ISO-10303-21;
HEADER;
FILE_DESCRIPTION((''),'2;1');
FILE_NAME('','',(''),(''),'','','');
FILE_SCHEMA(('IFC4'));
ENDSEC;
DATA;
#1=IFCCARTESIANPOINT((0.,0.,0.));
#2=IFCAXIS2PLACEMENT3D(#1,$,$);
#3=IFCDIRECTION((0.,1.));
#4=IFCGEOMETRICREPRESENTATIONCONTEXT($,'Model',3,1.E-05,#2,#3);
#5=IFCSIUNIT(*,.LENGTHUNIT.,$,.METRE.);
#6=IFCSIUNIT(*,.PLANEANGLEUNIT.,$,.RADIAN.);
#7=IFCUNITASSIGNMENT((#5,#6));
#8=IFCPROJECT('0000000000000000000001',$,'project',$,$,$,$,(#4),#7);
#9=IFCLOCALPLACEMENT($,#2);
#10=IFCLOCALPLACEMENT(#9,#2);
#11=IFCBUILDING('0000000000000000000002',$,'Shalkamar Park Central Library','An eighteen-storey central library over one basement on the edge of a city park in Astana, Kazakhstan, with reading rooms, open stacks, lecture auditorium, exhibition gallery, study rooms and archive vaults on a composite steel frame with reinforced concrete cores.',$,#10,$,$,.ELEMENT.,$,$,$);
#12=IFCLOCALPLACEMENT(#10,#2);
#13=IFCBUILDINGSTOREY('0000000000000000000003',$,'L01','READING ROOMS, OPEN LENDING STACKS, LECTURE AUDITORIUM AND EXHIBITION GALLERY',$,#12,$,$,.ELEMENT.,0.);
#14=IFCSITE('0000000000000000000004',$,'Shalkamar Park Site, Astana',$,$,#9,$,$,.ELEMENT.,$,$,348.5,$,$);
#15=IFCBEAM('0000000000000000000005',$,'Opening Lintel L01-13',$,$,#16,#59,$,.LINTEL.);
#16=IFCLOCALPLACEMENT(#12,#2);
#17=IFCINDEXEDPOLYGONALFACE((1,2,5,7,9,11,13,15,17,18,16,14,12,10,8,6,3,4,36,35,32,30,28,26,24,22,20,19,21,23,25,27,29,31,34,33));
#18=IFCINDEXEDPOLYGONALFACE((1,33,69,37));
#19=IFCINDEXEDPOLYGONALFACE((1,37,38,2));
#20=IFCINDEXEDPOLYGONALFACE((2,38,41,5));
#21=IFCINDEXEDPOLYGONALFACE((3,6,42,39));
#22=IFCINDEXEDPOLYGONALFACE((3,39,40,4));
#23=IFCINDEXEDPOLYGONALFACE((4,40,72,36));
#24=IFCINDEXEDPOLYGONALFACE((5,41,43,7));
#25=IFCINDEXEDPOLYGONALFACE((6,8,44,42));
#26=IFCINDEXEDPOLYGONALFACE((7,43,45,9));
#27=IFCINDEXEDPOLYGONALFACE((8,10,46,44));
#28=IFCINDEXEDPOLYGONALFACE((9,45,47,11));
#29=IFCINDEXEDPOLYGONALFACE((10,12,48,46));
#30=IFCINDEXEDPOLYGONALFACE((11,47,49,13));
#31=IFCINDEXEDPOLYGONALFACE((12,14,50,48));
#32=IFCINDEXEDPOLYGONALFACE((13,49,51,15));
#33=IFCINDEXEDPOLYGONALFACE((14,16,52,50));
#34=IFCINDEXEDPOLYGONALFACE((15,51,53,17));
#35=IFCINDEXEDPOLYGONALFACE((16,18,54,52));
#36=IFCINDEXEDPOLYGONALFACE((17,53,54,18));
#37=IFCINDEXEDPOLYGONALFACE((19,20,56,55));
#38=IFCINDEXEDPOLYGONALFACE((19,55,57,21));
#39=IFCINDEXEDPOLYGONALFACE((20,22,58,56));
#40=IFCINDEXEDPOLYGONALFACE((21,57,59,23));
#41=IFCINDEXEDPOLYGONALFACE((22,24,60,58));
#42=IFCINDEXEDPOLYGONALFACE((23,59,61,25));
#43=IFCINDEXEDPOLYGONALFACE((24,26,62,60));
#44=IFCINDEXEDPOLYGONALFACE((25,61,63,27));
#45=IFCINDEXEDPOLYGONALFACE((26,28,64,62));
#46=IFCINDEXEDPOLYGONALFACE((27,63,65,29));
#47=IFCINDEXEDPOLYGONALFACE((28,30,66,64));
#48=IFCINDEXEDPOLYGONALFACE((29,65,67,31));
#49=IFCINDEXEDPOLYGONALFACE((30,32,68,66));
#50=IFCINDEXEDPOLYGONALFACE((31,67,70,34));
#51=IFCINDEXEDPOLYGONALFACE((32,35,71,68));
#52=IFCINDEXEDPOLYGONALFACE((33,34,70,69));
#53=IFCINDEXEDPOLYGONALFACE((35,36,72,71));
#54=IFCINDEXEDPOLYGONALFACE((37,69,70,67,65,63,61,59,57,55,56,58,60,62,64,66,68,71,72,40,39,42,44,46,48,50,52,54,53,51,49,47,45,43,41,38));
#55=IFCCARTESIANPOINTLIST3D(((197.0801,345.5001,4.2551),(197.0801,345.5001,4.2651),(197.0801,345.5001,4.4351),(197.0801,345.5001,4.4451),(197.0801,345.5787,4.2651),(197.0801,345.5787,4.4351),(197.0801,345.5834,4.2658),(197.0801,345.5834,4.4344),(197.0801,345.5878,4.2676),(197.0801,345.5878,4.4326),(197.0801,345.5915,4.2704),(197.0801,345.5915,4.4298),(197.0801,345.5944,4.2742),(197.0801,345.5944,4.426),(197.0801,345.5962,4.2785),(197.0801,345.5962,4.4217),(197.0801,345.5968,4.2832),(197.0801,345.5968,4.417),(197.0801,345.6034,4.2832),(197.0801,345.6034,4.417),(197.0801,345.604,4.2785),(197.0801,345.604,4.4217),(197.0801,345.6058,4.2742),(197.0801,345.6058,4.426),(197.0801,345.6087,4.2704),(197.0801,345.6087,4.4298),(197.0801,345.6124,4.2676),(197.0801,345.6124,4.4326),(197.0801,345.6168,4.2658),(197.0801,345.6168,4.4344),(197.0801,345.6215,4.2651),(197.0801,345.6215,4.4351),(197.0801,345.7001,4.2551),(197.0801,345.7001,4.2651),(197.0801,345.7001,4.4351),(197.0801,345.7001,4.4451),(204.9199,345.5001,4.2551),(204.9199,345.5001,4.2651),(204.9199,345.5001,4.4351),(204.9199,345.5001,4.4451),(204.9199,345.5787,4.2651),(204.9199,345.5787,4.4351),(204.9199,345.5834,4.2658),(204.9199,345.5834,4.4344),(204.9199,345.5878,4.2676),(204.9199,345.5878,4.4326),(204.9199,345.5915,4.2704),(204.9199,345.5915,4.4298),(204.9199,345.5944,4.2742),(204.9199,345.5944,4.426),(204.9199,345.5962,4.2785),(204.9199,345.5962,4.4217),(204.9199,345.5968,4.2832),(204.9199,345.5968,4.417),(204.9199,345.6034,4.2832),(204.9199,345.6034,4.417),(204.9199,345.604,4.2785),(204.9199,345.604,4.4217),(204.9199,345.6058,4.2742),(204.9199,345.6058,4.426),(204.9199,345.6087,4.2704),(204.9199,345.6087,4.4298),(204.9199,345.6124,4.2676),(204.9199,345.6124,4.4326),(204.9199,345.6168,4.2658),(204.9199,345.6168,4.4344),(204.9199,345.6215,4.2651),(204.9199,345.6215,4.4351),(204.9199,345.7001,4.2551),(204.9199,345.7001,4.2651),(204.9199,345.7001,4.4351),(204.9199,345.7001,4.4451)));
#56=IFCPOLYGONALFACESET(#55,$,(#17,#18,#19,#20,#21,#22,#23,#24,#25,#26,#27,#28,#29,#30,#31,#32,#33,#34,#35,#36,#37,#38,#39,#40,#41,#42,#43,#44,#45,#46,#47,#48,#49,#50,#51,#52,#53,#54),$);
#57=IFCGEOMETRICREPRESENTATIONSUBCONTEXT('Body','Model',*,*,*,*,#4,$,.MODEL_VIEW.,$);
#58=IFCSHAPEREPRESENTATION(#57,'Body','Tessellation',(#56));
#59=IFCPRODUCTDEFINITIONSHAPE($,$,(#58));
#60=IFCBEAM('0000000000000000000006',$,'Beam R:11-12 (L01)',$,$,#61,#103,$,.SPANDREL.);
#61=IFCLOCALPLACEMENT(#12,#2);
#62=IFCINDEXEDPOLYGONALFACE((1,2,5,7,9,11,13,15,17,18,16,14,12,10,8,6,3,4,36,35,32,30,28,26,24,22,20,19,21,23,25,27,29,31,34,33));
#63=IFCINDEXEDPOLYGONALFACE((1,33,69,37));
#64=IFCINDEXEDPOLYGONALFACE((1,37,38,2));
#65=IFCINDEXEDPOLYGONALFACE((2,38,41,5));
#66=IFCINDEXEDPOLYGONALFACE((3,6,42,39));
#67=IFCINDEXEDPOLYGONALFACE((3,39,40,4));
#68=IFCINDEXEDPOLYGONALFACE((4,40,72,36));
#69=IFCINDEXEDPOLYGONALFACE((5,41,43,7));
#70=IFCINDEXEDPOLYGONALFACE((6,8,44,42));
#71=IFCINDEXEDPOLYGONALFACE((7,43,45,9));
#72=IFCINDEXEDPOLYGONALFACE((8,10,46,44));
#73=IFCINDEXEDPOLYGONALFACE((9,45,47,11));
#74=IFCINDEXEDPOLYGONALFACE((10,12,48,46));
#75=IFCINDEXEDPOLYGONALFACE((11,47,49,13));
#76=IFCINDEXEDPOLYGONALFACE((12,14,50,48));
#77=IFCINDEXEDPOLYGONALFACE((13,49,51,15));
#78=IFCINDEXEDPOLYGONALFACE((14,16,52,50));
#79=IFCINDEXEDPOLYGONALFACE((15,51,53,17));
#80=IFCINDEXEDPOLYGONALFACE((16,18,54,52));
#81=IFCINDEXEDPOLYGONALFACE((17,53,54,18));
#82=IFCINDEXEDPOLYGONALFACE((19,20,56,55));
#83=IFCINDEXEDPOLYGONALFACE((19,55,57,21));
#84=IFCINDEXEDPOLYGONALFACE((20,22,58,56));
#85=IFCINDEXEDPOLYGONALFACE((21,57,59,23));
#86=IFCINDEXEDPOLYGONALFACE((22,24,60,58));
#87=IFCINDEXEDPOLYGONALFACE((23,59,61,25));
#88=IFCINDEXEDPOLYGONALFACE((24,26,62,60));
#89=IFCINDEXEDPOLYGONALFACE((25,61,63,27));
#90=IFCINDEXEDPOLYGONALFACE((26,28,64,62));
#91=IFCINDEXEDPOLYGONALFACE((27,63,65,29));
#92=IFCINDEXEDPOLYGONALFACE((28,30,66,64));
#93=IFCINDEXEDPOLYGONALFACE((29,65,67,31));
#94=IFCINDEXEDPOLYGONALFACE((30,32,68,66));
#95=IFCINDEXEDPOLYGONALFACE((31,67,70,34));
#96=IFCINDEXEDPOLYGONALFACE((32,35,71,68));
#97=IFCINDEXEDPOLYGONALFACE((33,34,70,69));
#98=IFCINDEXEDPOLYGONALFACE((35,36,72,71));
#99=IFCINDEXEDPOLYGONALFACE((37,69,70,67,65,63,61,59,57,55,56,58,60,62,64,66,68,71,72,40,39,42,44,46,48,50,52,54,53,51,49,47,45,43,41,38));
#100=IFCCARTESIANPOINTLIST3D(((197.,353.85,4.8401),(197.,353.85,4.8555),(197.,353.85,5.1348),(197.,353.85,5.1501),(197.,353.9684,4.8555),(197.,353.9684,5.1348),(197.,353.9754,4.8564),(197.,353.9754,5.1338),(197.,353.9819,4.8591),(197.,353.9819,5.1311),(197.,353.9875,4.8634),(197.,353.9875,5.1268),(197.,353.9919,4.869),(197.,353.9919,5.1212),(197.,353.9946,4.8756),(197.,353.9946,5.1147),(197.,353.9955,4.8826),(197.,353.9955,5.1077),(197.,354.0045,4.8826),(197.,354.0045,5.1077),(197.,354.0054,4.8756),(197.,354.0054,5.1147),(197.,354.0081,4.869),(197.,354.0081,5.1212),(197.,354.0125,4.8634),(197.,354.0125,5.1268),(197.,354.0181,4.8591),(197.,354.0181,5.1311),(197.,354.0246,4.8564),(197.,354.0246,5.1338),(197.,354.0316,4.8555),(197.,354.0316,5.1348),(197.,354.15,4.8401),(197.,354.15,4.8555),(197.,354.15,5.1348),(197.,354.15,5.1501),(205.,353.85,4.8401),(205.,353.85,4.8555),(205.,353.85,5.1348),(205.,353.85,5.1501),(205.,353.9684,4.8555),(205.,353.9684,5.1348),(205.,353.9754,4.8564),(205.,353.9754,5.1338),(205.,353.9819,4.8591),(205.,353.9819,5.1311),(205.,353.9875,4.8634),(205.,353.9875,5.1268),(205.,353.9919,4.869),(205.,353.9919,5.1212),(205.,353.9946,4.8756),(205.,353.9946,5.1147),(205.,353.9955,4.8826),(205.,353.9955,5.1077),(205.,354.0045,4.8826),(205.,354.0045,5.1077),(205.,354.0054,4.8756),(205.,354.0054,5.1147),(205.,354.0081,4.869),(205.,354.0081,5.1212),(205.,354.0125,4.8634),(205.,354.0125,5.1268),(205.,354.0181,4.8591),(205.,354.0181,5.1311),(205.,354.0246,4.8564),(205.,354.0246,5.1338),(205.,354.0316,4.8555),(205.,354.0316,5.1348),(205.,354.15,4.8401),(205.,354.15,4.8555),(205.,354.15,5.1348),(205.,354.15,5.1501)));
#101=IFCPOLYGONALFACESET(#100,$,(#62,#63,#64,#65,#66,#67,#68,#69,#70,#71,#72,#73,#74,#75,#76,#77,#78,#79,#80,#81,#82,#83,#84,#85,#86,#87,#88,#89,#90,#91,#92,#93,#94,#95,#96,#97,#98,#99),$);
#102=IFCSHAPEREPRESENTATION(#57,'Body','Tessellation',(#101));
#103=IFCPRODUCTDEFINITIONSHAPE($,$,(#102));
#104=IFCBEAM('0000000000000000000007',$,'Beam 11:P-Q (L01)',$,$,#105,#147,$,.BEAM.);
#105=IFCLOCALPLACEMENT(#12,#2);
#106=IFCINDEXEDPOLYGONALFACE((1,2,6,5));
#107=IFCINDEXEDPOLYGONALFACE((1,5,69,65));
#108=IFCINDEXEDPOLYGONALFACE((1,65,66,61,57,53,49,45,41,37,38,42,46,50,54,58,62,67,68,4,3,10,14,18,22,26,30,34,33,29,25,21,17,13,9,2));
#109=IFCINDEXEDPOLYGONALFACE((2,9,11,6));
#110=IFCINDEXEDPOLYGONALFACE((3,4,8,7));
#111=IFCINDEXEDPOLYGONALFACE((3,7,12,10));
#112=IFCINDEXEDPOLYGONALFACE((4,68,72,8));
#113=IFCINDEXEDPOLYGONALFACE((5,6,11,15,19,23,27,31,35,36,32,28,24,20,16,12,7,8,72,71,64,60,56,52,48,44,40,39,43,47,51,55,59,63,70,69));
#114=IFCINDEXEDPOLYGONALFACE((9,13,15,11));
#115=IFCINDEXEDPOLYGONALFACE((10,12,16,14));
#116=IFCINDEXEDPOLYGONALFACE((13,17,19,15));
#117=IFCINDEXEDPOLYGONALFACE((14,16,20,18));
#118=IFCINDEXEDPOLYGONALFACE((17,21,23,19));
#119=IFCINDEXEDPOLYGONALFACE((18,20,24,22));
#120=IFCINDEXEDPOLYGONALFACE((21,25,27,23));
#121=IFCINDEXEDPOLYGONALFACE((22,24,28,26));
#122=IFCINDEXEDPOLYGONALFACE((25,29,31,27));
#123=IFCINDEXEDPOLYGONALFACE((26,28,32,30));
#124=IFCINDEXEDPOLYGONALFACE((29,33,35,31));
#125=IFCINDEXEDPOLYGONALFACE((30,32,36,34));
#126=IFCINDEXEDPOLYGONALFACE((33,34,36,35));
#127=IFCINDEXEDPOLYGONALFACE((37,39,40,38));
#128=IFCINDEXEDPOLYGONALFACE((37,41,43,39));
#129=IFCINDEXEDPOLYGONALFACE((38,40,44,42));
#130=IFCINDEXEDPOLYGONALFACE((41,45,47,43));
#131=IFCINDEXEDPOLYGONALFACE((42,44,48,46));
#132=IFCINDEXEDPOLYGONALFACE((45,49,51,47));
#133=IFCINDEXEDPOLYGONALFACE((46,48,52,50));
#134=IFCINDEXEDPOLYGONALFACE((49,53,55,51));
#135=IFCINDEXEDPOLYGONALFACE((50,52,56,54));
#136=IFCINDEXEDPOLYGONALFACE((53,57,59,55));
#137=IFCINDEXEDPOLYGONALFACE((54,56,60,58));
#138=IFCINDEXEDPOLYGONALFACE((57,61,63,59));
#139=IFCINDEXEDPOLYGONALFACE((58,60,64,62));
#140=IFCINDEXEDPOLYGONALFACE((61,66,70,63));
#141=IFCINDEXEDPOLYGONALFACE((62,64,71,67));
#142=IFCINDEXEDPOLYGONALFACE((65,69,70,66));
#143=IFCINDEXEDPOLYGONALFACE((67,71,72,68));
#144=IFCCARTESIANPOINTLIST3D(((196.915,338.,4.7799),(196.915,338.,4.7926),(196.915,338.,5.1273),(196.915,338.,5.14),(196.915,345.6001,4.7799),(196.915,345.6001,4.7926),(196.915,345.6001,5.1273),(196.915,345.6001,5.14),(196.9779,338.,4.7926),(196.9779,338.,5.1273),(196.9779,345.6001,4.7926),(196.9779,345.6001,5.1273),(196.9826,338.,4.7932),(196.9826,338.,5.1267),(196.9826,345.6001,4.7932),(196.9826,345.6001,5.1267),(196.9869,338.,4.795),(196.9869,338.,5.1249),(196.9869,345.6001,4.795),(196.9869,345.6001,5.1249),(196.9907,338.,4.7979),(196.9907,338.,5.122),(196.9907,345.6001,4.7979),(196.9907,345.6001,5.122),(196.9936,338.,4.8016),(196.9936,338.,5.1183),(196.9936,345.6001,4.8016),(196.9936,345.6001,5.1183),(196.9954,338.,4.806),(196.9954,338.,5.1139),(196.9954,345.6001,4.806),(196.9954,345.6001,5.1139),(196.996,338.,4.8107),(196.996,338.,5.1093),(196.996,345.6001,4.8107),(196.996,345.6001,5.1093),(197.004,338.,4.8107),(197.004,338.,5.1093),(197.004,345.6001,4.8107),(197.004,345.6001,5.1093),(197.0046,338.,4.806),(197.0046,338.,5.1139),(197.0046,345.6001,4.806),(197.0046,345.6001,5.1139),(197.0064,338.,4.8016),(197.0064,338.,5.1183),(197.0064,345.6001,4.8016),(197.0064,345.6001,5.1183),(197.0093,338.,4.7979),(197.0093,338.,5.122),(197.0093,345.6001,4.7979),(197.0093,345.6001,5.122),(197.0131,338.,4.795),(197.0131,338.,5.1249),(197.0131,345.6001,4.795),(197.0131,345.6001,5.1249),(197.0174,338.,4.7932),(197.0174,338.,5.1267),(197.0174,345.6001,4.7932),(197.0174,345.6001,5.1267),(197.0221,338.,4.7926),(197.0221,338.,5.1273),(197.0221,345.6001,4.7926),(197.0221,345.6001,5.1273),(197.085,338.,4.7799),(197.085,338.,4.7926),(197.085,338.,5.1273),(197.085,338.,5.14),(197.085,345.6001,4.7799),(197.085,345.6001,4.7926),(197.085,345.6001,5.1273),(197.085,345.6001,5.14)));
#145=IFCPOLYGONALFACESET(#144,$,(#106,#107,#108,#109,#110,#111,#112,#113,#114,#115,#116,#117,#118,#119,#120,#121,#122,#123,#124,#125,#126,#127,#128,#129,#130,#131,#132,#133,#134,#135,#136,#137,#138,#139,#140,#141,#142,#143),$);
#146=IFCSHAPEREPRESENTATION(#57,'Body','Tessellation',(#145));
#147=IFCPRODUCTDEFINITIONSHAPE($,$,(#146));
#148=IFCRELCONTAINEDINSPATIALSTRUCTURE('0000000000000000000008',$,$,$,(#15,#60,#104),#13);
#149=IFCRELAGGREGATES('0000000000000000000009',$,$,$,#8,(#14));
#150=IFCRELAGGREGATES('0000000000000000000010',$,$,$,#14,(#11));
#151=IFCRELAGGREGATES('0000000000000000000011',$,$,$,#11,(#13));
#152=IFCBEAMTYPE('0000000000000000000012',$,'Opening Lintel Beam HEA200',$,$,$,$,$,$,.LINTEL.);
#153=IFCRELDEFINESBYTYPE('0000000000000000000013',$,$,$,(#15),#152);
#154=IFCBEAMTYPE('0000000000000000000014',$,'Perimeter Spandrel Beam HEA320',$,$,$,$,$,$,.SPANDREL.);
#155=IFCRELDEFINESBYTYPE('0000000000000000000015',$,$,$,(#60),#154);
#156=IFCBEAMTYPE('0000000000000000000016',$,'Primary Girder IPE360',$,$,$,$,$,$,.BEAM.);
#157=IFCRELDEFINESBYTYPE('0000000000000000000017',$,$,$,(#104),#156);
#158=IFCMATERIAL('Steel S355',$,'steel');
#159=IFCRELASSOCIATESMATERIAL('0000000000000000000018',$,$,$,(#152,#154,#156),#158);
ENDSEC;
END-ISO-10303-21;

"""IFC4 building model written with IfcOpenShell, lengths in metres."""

from ifc_helpers import new_model, si_unit, direction, frame, origin, origin_2d, place, context, subcontext, project, spatial, i_section, extrude, material, material_profile, profile_set, type_object, element, save


model = new_model("IFC4")

# Units and contexts
model_context = context("Model", 3, precision=1e-05, world=origin(), true_north=direction((0.0, 1.0)))
body_context = subcontext(model_context, "Body", "Model", "MODEL_VIEW")
ifc_project = project(units=[si_unit("LENGTHUNIT", "METRE"), si_unit("PLANEANGLEUNIT", "RADIAN")], contexts=[model_context])

# Site, building, storey
site_placement = place(None, origin())
site = spatial("IfcSite", under=ifc_project, at=site_placement, Name="Shalkamar Park Site, Astana", CompositionType="ELEMENT", RefElevation=348.5)
building_placement = place(site_placement, origin())
building = spatial("IfcBuilding", under=site, at=building_placement, Name="Shalkamar Park Central Library", Description="An eighteen-storey central library over one basement on the edge of a city park in Astana, Kazakhstan, with reading rooms, open stacks, lecture auditorium, exhibition gallery, study rooms and archive vaults on a composite steel frame with reinforced concrete cores.", CompositionType="ELEMENT")
storey_placement = place(building_placement, origin())
storey = spatial("IfcBuildingStorey", under=building, at=storey_placement, Name="L01", Description="READING ROOMS, OPEN LENDING STACKS, LECTURE AUDITORIUM AND EXHIBITION GALLERY", CompositionType="ELEMENT", Elevation=0.0)

# Shared definitions
ifc_material_1 = material(Name="Steel S355", Category="steel")

# Beams
ifc_material_profile_1 = material_profile(ifc_material_1, i_section(OverallWidth=0.2, OverallDepth=0.1899, WebThickness=0.0066, FlangeThickness=0.01, FilletRadius=0.0181, at=origin_2d()), Name="HEA 200")
ifc_profile_set_1 = profile_set([ifc_material_profile_1], Name="Steel S355")
beam_type_1 = type_object("IfcBeamType", Name="Opening Lintel Beam HEA200", PredefinedType="LINTEL", material=ifc_profile_set_1)
beam_1_placement = place(storey_placement, frame((197.0801, 345.6001, 4.3501), z_axis=(1.0, 0.0, 0.0), x_axis=(0.0, 1.0, 0.0)))
element("IfcBeam", 1, at=beam_1_placement, inside=storey, type_object=beam_type_1, Name="Opening Lintel L01-13", PredefinedType="LINTEL", context=body_context, shape_type="SweptSolid", body=[
    extrude(i_section(OverallWidth=0.2, OverallDepth=0.1899, WebThickness=0.0066, FlangeThickness=0.01, FilletRadius=0.0181, at=origin_2d()), origin(), (0.0, 0.0, 1.0), 7.8398),
])
ifc_material_profile_2 = material_profile(ifc_material_1, i_section(OverallWidth=0.3, OverallDepth=0.3101, WebThickness=0.009, FlangeThickness=0.0154, FilletRadius=0.0271, at=origin_2d()), Name="HEA 320")
ifc_profile_set_2 = profile_set([ifc_material_profile_2], Name="Steel S355")
beam_type_2 = type_object("IfcBeamType", Name="Perimeter Spandrel Beam HEA320", PredefinedType="SPANDREL", material=ifc_profile_set_2)
beam_2_placement = place(storey_placement, frame((197.0, 354.0, 4.9951), z_axis=(1.0, 0.0, 0.0), x_axis=(0.0, 1.0, 0.0)))
element("IfcBeam", 2, at=beam_2_placement, inside=storey, type_object=beam_type_2, Name="Beam R:11-12 (L01)", PredefinedType="SPANDREL", context=body_context, shape_type="SweptSolid", body=[
    extrude(i_section(OverallWidth=0.3, OverallDepth=0.3101, WebThickness=0.009, FlangeThickness=0.0154, FilletRadius=0.0271, at=origin_2d()), origin(), (0.0, 0.0, 1.0), 8.0),
])
ifc_material_profile_3 = material_profile(ifc_material_1, i_section(OverallWidth=0.1699, OverallDepth=0.3601, WebThickness=0.0081, FlangeThickness=0.0127, FilletRadius=0.0181, at=origin_2d()), Name="IPE 360")
ifc_profile_set_3 = profile_set([ifc_material_profile_3], Name="Steel S355")
beam_type_3 = type_object("IfcBeamType", Name="Primary Girder IPE360", PredefinedType="BEAM", material=ifc_profile_set_3)
beam_3_placement = place(storey_placement, frame((197.0, 338.0, 4.96), z_axis=(0.0, 1.0, 0.0), x_axis=(-1.0, 0.0, 0.0)))
element("IfcBeam", 3, at=beam_3_placement, inside=storey, type_object=beam_type_3, Name="Beam 11:P-Q (L01)", PredefinedType="BEAM", context=body_context, shape_type="SweptSolid", body=[
    extrude(i_section(OverallWidth=0.1699, OverallDepth=0.3601, WebThickness=0.0081, FlangeThickness=0.0127, FilletRadius=0.0181, at=origin_2d()), origin(), (0.0, 0.0, 1.0), 7.6001),
])

save(model, "model.ifc")
